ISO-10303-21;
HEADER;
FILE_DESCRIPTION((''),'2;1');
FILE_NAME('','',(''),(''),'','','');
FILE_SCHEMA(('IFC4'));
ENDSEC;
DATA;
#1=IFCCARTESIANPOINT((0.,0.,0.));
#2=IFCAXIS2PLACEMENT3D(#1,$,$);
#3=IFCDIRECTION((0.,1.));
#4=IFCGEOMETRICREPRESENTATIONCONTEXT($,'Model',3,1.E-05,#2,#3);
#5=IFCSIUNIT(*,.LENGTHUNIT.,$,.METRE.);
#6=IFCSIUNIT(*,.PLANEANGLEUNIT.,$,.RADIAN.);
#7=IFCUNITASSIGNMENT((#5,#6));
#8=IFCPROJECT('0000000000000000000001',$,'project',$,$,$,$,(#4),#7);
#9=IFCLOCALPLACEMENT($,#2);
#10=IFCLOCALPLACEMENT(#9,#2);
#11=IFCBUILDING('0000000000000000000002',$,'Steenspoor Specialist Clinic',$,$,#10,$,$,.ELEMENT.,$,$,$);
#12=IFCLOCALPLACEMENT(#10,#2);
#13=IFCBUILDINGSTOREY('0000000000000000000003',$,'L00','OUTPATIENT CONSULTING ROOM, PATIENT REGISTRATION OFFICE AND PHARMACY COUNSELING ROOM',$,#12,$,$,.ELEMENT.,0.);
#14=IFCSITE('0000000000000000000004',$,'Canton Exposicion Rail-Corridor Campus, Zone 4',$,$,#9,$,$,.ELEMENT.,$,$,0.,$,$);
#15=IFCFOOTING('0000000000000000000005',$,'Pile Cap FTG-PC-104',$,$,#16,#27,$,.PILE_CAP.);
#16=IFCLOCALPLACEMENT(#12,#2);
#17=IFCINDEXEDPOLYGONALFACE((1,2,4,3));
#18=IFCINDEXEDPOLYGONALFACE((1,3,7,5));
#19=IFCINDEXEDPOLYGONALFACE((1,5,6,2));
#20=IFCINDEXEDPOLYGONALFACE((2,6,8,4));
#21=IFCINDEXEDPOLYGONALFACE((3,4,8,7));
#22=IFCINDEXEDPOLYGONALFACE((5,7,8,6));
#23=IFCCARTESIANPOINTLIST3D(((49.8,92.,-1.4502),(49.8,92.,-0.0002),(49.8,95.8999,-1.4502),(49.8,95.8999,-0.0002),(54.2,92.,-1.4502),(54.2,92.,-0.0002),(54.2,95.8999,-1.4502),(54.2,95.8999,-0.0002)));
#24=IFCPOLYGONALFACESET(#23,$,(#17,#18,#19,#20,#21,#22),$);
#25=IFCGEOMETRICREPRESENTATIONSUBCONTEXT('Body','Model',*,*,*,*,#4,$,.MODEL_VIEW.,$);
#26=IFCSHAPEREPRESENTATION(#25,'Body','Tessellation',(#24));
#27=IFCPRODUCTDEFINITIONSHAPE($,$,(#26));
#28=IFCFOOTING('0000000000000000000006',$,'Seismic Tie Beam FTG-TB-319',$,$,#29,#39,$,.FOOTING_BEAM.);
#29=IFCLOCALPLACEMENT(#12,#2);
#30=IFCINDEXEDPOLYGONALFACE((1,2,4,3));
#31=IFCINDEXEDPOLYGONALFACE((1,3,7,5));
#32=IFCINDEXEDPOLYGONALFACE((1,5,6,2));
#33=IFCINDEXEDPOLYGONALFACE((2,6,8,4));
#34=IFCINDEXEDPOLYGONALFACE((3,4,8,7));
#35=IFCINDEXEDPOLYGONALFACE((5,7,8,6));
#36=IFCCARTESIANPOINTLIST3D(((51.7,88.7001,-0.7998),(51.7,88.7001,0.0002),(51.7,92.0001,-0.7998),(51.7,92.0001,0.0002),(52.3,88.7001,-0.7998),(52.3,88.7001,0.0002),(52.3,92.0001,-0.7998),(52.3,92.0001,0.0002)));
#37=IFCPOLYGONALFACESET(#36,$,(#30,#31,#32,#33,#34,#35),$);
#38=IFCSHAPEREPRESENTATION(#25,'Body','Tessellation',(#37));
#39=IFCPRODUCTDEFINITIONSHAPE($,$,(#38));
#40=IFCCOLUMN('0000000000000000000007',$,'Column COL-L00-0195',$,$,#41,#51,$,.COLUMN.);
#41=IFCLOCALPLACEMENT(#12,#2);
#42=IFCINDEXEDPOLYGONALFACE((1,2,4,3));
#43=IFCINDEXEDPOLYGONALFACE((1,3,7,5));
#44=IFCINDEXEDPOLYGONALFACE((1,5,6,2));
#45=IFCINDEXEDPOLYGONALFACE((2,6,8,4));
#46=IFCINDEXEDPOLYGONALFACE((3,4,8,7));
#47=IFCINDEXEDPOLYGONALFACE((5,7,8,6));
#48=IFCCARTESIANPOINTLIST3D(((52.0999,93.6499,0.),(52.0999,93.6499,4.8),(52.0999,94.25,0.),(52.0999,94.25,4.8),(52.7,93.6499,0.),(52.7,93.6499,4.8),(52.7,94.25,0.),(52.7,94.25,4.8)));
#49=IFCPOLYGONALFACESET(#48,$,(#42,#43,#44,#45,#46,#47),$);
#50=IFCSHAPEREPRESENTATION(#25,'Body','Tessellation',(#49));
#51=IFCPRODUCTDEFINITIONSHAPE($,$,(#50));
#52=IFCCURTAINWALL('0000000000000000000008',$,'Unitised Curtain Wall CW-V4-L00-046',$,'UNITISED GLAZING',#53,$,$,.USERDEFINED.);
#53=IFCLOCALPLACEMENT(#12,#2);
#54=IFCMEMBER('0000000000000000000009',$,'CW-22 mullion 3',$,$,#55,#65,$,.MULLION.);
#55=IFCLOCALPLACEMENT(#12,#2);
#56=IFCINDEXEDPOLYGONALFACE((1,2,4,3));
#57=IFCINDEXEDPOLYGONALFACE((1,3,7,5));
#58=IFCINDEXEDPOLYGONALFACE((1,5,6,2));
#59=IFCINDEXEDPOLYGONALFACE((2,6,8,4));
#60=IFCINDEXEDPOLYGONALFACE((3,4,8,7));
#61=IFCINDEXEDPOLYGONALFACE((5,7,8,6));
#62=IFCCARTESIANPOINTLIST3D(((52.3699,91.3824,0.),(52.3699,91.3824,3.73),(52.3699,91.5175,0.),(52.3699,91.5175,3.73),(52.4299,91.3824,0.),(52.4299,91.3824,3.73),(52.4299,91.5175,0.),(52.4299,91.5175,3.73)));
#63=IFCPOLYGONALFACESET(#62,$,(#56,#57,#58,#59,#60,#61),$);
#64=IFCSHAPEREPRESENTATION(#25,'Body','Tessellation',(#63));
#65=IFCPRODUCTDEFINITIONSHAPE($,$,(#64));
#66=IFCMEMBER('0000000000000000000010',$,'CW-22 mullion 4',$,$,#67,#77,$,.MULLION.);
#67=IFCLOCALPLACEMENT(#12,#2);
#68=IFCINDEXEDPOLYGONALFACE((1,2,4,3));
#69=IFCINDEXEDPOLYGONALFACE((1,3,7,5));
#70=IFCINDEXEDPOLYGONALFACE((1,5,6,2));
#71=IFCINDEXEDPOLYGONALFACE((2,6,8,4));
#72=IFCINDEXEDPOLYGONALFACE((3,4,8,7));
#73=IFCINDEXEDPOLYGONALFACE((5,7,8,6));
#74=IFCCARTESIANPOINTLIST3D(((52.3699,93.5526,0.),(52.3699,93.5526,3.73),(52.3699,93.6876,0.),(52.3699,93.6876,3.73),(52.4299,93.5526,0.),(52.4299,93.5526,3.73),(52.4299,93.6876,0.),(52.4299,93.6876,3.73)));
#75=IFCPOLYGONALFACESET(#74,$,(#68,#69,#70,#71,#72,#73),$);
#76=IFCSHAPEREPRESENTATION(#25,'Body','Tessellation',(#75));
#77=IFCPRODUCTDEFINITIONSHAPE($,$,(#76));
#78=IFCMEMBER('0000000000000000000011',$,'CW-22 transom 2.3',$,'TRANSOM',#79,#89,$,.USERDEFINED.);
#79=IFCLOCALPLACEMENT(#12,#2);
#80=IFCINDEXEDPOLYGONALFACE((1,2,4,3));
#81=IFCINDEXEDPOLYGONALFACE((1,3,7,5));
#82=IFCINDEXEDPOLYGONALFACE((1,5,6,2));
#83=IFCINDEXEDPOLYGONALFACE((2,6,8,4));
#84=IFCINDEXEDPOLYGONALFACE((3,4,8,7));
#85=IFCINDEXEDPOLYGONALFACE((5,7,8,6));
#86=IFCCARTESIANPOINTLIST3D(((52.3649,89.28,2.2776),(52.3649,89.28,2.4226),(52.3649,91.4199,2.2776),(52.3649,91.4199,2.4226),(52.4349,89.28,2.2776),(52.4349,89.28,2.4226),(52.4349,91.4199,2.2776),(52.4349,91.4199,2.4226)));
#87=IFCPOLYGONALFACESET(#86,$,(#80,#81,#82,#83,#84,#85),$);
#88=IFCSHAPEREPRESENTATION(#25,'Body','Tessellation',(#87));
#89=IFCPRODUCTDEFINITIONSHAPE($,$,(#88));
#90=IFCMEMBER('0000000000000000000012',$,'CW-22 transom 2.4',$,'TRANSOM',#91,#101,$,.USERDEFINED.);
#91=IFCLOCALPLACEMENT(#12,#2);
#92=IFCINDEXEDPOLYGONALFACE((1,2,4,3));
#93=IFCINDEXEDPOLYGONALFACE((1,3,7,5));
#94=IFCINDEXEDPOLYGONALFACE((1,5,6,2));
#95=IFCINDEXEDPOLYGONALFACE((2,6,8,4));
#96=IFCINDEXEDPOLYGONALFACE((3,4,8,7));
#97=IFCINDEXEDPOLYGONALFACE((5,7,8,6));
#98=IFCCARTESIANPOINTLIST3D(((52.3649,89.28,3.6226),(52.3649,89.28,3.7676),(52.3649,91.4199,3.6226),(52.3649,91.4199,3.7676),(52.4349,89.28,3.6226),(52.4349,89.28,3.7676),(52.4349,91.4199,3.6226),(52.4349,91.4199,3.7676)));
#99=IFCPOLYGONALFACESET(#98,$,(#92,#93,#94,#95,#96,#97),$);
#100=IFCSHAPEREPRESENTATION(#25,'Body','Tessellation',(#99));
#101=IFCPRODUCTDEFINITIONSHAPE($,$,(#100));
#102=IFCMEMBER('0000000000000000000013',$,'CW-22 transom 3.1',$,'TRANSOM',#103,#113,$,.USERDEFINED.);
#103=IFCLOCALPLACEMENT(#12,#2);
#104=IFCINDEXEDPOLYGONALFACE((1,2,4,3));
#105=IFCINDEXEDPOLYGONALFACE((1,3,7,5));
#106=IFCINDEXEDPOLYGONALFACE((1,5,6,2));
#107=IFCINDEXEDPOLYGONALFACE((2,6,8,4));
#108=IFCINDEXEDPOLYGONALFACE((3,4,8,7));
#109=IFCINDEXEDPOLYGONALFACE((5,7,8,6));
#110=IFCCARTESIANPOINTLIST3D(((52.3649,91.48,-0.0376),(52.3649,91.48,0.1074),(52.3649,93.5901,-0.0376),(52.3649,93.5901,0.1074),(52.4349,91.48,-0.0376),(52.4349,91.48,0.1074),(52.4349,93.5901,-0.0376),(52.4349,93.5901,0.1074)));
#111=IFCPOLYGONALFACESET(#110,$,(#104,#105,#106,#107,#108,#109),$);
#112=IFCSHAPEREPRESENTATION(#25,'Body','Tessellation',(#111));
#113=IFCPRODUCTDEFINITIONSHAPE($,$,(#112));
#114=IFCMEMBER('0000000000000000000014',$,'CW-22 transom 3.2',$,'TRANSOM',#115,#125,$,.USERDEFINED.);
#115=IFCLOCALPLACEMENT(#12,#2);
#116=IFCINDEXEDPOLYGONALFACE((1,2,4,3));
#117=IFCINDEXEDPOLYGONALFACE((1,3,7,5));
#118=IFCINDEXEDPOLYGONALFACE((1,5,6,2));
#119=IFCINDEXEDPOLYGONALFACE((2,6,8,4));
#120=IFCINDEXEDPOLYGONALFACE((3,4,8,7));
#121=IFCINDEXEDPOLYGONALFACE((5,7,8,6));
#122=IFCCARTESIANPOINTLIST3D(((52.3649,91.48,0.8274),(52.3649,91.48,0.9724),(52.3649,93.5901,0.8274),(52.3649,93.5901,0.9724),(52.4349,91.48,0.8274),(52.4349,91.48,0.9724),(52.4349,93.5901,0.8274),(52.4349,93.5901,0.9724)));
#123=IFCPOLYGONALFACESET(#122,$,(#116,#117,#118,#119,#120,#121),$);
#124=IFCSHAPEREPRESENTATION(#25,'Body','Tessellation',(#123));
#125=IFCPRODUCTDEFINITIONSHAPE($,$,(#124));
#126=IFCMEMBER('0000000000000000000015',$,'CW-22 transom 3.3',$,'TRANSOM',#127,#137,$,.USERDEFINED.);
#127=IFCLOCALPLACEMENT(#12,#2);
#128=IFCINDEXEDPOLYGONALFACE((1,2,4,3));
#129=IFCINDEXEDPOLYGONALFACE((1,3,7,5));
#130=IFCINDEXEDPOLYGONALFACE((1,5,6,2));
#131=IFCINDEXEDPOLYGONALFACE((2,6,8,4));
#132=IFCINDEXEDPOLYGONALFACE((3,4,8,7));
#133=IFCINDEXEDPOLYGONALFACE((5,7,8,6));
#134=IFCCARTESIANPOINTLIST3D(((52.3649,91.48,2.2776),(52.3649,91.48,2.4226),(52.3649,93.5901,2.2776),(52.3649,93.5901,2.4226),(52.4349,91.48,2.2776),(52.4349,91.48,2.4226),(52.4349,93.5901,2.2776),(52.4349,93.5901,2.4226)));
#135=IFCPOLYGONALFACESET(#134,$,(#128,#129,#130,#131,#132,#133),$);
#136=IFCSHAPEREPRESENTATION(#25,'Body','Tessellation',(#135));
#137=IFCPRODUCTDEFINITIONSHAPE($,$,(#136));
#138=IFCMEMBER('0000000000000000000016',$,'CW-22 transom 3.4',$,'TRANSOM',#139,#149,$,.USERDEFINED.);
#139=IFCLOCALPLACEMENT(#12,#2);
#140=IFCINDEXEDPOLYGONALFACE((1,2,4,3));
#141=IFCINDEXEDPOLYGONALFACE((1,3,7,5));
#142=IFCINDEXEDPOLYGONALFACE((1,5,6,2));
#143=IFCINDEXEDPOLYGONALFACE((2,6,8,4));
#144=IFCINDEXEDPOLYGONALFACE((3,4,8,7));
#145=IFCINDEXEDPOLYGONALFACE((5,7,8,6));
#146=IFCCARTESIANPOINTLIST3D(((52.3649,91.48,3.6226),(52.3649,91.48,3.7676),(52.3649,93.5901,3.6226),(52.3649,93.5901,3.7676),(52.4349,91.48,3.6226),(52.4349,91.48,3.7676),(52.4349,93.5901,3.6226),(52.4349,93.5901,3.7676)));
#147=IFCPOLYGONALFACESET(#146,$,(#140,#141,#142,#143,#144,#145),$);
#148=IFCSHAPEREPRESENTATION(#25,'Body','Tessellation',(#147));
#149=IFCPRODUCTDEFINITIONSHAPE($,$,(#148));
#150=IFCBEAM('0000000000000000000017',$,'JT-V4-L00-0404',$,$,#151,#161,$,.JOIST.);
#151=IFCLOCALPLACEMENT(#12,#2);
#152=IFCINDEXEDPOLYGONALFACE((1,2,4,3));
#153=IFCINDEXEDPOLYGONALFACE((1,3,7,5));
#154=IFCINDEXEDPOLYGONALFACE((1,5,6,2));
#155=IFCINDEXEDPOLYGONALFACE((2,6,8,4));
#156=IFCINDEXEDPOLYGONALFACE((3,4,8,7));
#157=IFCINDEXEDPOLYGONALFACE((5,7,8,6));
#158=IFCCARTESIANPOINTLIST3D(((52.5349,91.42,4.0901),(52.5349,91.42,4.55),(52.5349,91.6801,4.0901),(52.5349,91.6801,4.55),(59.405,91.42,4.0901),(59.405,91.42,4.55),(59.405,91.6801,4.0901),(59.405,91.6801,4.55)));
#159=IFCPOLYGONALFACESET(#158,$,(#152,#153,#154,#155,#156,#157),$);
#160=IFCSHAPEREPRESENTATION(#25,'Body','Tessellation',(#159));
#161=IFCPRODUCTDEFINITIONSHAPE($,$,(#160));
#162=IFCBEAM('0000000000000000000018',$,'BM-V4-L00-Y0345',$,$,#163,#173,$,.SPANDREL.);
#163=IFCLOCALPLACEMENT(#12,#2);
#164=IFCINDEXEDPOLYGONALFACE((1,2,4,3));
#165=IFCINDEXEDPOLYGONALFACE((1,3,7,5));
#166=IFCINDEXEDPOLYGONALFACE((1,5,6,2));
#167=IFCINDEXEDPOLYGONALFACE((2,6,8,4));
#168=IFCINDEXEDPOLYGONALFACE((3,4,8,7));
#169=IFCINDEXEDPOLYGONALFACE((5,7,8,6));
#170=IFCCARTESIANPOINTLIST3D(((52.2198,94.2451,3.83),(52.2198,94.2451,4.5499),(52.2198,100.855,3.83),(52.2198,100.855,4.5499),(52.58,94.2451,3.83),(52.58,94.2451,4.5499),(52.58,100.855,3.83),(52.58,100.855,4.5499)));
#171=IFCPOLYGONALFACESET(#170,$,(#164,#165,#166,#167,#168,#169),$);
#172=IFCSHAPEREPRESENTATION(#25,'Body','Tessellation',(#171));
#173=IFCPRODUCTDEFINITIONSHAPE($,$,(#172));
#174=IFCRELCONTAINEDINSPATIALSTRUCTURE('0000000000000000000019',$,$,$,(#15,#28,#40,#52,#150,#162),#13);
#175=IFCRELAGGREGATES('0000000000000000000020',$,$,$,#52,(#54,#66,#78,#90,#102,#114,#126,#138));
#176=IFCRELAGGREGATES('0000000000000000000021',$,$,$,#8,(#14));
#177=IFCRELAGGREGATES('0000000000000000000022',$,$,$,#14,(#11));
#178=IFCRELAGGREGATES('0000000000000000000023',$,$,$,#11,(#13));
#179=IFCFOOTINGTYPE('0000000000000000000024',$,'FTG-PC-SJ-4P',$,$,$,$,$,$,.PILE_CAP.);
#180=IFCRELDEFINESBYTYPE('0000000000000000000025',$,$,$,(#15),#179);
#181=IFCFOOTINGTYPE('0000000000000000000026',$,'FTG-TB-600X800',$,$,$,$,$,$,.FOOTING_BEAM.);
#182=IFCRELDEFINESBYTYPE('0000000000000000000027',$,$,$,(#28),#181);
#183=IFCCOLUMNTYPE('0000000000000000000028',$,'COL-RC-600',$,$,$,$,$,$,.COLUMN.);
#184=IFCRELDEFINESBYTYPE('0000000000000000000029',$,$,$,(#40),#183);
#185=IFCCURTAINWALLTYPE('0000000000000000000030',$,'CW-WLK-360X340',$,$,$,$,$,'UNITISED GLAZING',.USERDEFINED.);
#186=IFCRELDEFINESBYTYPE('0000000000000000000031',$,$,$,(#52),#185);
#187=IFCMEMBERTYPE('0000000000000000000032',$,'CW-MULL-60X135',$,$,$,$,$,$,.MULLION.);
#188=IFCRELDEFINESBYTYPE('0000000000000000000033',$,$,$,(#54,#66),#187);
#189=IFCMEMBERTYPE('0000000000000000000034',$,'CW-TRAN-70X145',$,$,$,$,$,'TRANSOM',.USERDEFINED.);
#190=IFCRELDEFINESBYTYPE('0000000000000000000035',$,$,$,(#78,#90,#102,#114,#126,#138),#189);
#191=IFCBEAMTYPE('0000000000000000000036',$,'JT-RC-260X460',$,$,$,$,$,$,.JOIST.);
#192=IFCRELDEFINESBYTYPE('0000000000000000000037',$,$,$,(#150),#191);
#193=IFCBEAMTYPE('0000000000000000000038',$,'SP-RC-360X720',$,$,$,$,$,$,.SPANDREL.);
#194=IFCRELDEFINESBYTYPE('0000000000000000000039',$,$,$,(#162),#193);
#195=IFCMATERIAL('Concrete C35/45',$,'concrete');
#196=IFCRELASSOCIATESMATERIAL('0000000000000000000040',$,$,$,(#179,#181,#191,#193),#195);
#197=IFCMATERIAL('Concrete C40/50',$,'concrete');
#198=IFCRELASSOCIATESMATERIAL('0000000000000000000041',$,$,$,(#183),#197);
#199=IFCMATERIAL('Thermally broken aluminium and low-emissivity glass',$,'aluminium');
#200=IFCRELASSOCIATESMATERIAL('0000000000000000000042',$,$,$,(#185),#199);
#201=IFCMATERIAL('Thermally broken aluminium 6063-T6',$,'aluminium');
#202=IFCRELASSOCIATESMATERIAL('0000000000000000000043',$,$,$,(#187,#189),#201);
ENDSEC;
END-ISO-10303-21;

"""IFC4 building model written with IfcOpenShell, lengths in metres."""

from ifc_helpers import new_model, si_unit, direction, frame, origin, origin_2d, place, context, subcontext, project, spatial, rectangle, extrude, material, material_profile, profile_set, type_object, element, aggregate, save


model = new_model("IFC4")

# Units and contexts
model_context = context("Model", 3, precision=1e-05, world=origin(), true_north=direction((0.0, 1.0)))
body_context = subcontext(model_context, "Body", "Model", "MODEL_VIEW")
ifc_project = project(units=[si_unit("LENGTHUNIT", "METRE"), si_unit("PLANEANGLEUNIT", "RADIAN")], contexts=[model_context])

# Site, building, storey
site_placement = place(None, origin())
site = spatial("IfcSite", under=ifc_project, at=site_placement, Name="Canton Exposicion Rail-Corridor Campus, Zone 4", CompositionType="ELEMENT", RefElevation=0.0)
building_placement = place(site_placement, origin())
building = spatial("IfcBuilding", under=site, at=building_placement, Name="Steenspoor Specialist Clinic", CompositionType="ELEMENT")
storey_placement = place(building_placement, origin())
storey = spatial("IfcBuildingStorey", under=building, at=storey_placement, Name="L00", Description="OUTPATIENT CONSULTING ROOM, PATIENT REGISTRATION OFFICE AND PHARMACY COUNSELING ROOM", CompositionType="ELEMENT", Elevation=0.0)

# Footings
ifc_material_1 = material(Name="Concrete C35/45", Category="concrete")
footing_type_1 = type_object("IfcFootingType", Name="FTG-PC-SJ-4P", PredefinedType="PILE_CAP", material=ifc_material_1)
footing_1_placement = place(storey_placement, frame((52.0, 93.95, -1.4502), z_axis=(0.0, 0.0, 1.0), x_axis=(1.0, 0.0, 0.0)))
element("IfcFooting", 1, at=footing_1_placement, inside=storey, type_object=footing_type_1, Name="Pile Cap FTG-PC-104", PredefinedType="PILE_CAP", context=body_context, shape_type="SweptSolid", body=[
    extrude(rectangle(XDim=4.3999, YDim=3.8999, at=origin_2d()), origin(), (0.0, 0.0, 1.0), 1.45),
])
footing_type_2 = type_object("IfcFootingType", Name="FTG-TB-600X800", PredefinedType="FOOTING_BEAM", material=ifc_material_1)
footing_2_placement = place(storey_placement, frame((52.0, 90.3501, -0.7998), z_axis=(0.0, 0.0, 1.0), x_axis=(1.0, 0.0, 0.0)))
element("IfcFooting", 2, at=footing_2_placement, inside=storey, type_object=footing_type_2, Name="Seismic Tie Beam FTG-TB-319", PredefinedType="FOOTING_BEAM", context=body_context, shape_type="SweptSolid", body=[
    extrude(rectangle(XDim=0.6001, YDim=3.3, at=origin_2d()), origin(), (0.0, 0.0, 1.0), 0.8),
])

# Column
ifc_material_2 = material(Name="Concrete C40/50", Category="concrete")
ifc_material_profile_1 = material_profile(ifc_material_2, rectangle(XDim=0.6001, YDim=0.6001, at=origin_2d()), Name="RC-COL-600X600")
ifc_profile_set_1 = profile_set([ifc_material_profile_1], Name="Concrete C40/50")
column_type = type_object("IfcColumnType", Name="COL-RC-600", PredefinedType="COLUMN", material=ifc_profile_set_1)
column_placement = place(storey_placement, frame((52.3999, 93.95, 0.0), z_axis=(0.0, 0.0, 1.0), x_axis=(1.0, 0.0, 0.0)))
element("IfcColumn", 3, at=column_placement, inside=storey, type_object=column_type, Name="Column COL-L00-0195", PredefinedType="COLUMN", context=body_context, shape_type="SweptSolid", body=[
    extrude(rectangle(XDim=0.6001, YDim=0.6001, at=origin_2d()), origin(), (0.0, 0.0, 1.0), 4.8),
])

# Curtain wall, members
ifc_material_3 = material(Name="Thermally broken aluminium and low-emissivity glass", Category="aluminium")
curtain_wall_type = type_object("IfcCurtainWallType", Name="CW-WLK-360X340", ElementType="UNITISED GLAZING", PredefinedType="USERDEFINED", material=ifc_material_3)
curtain_wall_placement = place(storey_placement, origin())
curtain_wall = element("IfcCurtainWall", 4, at=curtain_wall_placement, inside=storey, type_object=curtain_wall_type, Name="Unitised Curtain Wall CW-V4-L00-046", ObjectType="UNITISED GLAZING", PredefinedType="USERDEFINED")
ifc_material_4 = material(Name="Thermally broken aluminium 6063-T6", Category="aluminium")
ifc_material_profile_2 = material_profile(ifc_material_4, rectangle(XDim=0.0601, YDim=0.135, at=origin_2d()), Name="CWM-60X135")
ifc_profile_set_2 = profile_set([ifc_material_profile_2], Name="Thermally broken aluminium 6063-T6")
member_type_1 = type_object("IfcMemberType", Name="CW-MULL-60X135", PredefinedType="MULLION", material=ifc_profile_set_2)
member_1_placement = place(storey_placement, frame((52.3999, 91.45, 0.0), z_axis=(0.0, 0.0, 1.0), x_axis=(-1.0, 0.0, 0.0)))
member_1 = element("IfcMember", 5, at=member_1_placement, type_object=member_type_1, Name="CW-22 mullion 3", PredefinedType="MULLION", context=body_context, shape_type="SweptSolid", body=[
    extrude(rectangle(XDim=0.0601, YDim=0.135, at=origin_2d()), origin(), (0.0, 0.0, 1.0), 3.73),
])
member_2_placement = place(storey_placement, frame((52.3999, 93.6201, 0.0), z_axis=(0.0, 0.0, 1.0), x_axis=(-1.0, 0.0, 0.0)))
member_2 = element("IfcMember", 6, at=member_2_placement, type_object=member_type_1, Name="CW-22 mullion 4", PredefinedType="MULLION", context=body_context, shape_type="SweptSolid", body=[
    extrude(rectangle(XDim=0.0601, YDim=0.135, at=origin_2d()), origin(), (0.0, 0.0, 1.0), 3.73),
])
ifc_material_profile_3 = material_profile(ifc_material_4, rectangle(XDim=0.0701, YDim=0.145, at=origin_2d()), Name="CWT-70X145")
ifc_profile_set_3 = profile_set([ifc_material_profile_3], Name="Thermally broken aluminium 6063-T6")
member_type_2 = type_object("IfcMemberType", Name="CW-TRAN-70X145", ElementType="TRANSOM", PredefinedType="USERDEFINED", material=ifc_profile_set_3)
member_3_placement = place(storey_placement, frame((52.3999, 89.28, 2.3501), z_axis=(0.0, 1.0, 0.0), x_axis=(-1.0, 0.0, 0.0)))
member_3 = element("IfcMember", 7, at=member_3_placement, type_object=member_type_2, Name="CW-22 transom 2.3", ObjectType="TRANSOM", PredefinedType="USERDEFINED", context=body_context, shape_type="SweptSolid", body=[
    extrude(rectangle(XDim=0.0701, YDim=0.145, at=origin_2d()), origin(), (0.0, 0.0, 1.0), 2.1399),
])
member_4_placement = place(storey_placement, frame((52.3999, 89.28, 3.6951), z_axis=(0.0, 1.0, 0.0), x_axis=(-1.0, 0.0, 0.0)))
member_4 = element("IfcMember", 8, at=member_4_placement, type_object=member_type_2, Name="CW-22 transom 2.4", ObjectType="TRANSOM", PredefinedType="USERDEFINED", context=body_context, shape_type="SweptSolid", body=[
    extrude(rectangle(XDim=0.0701, YDim=0.145, at=origin_2d()), origin(), (0.0, 0.0, 1.0), 2.1399),
])
member_5_placement = place(storey_placement, frame((52.3999, 91.48, 0.0349), z_axis=(0.0, 1.0, 0.0), x_axis=(-1.0, 0.0, 0.0)))
member_5 = element("IfcMember", 9, at=member_5_placement, type_object=member_type_2, Name="CW-22 transom 3.1", ObjectType="TRANSOM", PredefinedType="USERDEFINED", context=body_context, shape_type="SweptSolid", body=[
    extrude(rectangle(XDim=0.0701, YDim=0.145, at=origin_2d()), origin(), (0.0, 0.0, 1.0), 2.1101),
])
member_6_placement = place(storey_placement, frame((52.3999, 91.48, 0.8999), z_axis=(0.0, 1.0, 0.0), x_axis=(-1.0, 0.0, 0.0)))
member_6 = element("IfcMember", 10, at=member_6_placement, type_object=member_type_2, Name="CW-22 transom 3.2", ObjectType="TRANSOM", PredefinedType="USERDEFINED", context=body_context, shape_type="SweptSolid", body=[
    extrude(rectangle(XDim=0.0701, YDim=0.145, at=origin_2d()), origin(), (0.0, 0.0, 1.0), 2.1101),
])
member_7_placement = place(storey_placement, frame((52.3999, 91.48, 2.3501), z_axis=(0.0, 1.0, 0.0), x_axis=(-1.0, 0.0, 0.0)))
member_7 = element("IfcMember", 11, at=member_7_placement, type_object=member_type_2, Name="CW-22 transom 3.3", ObjectType="TRANSOM", PredefinedType="USERDEFINED", context=body_context, shape_type="SweptSolid", body=[
    extrude(rectangle(XDim=0.0701, YDim=0.145, at=origin_2d()), origin(), (0.0, 0.0, 1.0), 2.1101),
])
member_8_placement = place(storey_placement, frame((52.3999, 91.48, 3.6951), z_axis=(0.0, 1.0, 0.0), x_axis=(-1.0, 0.0, 0.0)))
member_8 = element("IfcMember", 12, at=member_8_placement, type_object=member_type_2, Name="CW-22 transom 3.4", ObjectType="TRANSOM", PredefinedType="USERDEFINED", context=body_context, shape_type="SweptSolid", body=[
    extrude(rectangle(XDim=0.0701, YDim=0.145, at=origin_2d()), origin(), (0.0, 0.0, 1.0), 2.1101),
])

# Beams
ifc_material_profile_4 = material_profile(ifc_material_1, rectangle(XDim=0.26, YDim=0.46, at=origin_2d()), Name="RC-JT-260X460")
ifc_profile_set_4 = profile_set([ifc_material_profile_4], Name="Concrete C35/45")
beam_type_1 = type_object("IfcBeamType", Name="JT-RC-260X460", PredefinedType="JOIST", material=ifc_profile_set_4)
beam_1_placement = place(storey_placement, frame((52.5349, 91.55, 4.3201), z_axis=(1.0, 0.0, 0.0), x_axis=(0.0, 1.0, 0.0)))
element("IfcBeam", 13, at=beam_1_placement, inside=storey, type_object=beam_type_1, Name="JT-V4-L00-0404", PredefinedType="JOIST", context=body_context, shape_type="SweptSolid", body=[
    extrude(rectangle(XDim=0.26, YDim=0.46, at=origin_2d()), origin(), (0.0, 0.0, 1.0), 6.8701),
])
ifc_material_profile_5 = material_profile(ifc_material_1, rectangle(XDim=0.3601, YDim=0.72, at=origin_2d()), Name="RC-SP-360X720")
ifc_profile_set_5 = profile_set([ifc_material_profile_5], Name="Concrete C35/45")
beam_type_2 = type_object("IfcBeamType", Name="SP-RC-360X720", PredefinedType="SPANDREL", material=ifc_profile_set_5)
beam_2_placement = place(storey_placement, frame((52.3999, 94.2451, 4.1899), z_axis=(0.0, 1.0, 0.0), x_axis=(-1.0, 0.0, 0.0)))
element("IfcBeam", 14, at=beam_2_placement, inside=storey, type_object=beam_type_2, Name="BM-V4-L00-Y0345", PredefinedType="SPANDREL", context=body_context, shape_type="SweptSolid", body=[
    extrude(rectangle(XDim=0.3601, YDim=0.72, at=origin_2d()), origin(), (0.0, 0.0, 1.0), 6.6099),
])

aggregate(curtain_wall, [member_1, member_2, member_3, member_4, member_5, member_6, member_7, member_8])

save(model, "model.ifc")
